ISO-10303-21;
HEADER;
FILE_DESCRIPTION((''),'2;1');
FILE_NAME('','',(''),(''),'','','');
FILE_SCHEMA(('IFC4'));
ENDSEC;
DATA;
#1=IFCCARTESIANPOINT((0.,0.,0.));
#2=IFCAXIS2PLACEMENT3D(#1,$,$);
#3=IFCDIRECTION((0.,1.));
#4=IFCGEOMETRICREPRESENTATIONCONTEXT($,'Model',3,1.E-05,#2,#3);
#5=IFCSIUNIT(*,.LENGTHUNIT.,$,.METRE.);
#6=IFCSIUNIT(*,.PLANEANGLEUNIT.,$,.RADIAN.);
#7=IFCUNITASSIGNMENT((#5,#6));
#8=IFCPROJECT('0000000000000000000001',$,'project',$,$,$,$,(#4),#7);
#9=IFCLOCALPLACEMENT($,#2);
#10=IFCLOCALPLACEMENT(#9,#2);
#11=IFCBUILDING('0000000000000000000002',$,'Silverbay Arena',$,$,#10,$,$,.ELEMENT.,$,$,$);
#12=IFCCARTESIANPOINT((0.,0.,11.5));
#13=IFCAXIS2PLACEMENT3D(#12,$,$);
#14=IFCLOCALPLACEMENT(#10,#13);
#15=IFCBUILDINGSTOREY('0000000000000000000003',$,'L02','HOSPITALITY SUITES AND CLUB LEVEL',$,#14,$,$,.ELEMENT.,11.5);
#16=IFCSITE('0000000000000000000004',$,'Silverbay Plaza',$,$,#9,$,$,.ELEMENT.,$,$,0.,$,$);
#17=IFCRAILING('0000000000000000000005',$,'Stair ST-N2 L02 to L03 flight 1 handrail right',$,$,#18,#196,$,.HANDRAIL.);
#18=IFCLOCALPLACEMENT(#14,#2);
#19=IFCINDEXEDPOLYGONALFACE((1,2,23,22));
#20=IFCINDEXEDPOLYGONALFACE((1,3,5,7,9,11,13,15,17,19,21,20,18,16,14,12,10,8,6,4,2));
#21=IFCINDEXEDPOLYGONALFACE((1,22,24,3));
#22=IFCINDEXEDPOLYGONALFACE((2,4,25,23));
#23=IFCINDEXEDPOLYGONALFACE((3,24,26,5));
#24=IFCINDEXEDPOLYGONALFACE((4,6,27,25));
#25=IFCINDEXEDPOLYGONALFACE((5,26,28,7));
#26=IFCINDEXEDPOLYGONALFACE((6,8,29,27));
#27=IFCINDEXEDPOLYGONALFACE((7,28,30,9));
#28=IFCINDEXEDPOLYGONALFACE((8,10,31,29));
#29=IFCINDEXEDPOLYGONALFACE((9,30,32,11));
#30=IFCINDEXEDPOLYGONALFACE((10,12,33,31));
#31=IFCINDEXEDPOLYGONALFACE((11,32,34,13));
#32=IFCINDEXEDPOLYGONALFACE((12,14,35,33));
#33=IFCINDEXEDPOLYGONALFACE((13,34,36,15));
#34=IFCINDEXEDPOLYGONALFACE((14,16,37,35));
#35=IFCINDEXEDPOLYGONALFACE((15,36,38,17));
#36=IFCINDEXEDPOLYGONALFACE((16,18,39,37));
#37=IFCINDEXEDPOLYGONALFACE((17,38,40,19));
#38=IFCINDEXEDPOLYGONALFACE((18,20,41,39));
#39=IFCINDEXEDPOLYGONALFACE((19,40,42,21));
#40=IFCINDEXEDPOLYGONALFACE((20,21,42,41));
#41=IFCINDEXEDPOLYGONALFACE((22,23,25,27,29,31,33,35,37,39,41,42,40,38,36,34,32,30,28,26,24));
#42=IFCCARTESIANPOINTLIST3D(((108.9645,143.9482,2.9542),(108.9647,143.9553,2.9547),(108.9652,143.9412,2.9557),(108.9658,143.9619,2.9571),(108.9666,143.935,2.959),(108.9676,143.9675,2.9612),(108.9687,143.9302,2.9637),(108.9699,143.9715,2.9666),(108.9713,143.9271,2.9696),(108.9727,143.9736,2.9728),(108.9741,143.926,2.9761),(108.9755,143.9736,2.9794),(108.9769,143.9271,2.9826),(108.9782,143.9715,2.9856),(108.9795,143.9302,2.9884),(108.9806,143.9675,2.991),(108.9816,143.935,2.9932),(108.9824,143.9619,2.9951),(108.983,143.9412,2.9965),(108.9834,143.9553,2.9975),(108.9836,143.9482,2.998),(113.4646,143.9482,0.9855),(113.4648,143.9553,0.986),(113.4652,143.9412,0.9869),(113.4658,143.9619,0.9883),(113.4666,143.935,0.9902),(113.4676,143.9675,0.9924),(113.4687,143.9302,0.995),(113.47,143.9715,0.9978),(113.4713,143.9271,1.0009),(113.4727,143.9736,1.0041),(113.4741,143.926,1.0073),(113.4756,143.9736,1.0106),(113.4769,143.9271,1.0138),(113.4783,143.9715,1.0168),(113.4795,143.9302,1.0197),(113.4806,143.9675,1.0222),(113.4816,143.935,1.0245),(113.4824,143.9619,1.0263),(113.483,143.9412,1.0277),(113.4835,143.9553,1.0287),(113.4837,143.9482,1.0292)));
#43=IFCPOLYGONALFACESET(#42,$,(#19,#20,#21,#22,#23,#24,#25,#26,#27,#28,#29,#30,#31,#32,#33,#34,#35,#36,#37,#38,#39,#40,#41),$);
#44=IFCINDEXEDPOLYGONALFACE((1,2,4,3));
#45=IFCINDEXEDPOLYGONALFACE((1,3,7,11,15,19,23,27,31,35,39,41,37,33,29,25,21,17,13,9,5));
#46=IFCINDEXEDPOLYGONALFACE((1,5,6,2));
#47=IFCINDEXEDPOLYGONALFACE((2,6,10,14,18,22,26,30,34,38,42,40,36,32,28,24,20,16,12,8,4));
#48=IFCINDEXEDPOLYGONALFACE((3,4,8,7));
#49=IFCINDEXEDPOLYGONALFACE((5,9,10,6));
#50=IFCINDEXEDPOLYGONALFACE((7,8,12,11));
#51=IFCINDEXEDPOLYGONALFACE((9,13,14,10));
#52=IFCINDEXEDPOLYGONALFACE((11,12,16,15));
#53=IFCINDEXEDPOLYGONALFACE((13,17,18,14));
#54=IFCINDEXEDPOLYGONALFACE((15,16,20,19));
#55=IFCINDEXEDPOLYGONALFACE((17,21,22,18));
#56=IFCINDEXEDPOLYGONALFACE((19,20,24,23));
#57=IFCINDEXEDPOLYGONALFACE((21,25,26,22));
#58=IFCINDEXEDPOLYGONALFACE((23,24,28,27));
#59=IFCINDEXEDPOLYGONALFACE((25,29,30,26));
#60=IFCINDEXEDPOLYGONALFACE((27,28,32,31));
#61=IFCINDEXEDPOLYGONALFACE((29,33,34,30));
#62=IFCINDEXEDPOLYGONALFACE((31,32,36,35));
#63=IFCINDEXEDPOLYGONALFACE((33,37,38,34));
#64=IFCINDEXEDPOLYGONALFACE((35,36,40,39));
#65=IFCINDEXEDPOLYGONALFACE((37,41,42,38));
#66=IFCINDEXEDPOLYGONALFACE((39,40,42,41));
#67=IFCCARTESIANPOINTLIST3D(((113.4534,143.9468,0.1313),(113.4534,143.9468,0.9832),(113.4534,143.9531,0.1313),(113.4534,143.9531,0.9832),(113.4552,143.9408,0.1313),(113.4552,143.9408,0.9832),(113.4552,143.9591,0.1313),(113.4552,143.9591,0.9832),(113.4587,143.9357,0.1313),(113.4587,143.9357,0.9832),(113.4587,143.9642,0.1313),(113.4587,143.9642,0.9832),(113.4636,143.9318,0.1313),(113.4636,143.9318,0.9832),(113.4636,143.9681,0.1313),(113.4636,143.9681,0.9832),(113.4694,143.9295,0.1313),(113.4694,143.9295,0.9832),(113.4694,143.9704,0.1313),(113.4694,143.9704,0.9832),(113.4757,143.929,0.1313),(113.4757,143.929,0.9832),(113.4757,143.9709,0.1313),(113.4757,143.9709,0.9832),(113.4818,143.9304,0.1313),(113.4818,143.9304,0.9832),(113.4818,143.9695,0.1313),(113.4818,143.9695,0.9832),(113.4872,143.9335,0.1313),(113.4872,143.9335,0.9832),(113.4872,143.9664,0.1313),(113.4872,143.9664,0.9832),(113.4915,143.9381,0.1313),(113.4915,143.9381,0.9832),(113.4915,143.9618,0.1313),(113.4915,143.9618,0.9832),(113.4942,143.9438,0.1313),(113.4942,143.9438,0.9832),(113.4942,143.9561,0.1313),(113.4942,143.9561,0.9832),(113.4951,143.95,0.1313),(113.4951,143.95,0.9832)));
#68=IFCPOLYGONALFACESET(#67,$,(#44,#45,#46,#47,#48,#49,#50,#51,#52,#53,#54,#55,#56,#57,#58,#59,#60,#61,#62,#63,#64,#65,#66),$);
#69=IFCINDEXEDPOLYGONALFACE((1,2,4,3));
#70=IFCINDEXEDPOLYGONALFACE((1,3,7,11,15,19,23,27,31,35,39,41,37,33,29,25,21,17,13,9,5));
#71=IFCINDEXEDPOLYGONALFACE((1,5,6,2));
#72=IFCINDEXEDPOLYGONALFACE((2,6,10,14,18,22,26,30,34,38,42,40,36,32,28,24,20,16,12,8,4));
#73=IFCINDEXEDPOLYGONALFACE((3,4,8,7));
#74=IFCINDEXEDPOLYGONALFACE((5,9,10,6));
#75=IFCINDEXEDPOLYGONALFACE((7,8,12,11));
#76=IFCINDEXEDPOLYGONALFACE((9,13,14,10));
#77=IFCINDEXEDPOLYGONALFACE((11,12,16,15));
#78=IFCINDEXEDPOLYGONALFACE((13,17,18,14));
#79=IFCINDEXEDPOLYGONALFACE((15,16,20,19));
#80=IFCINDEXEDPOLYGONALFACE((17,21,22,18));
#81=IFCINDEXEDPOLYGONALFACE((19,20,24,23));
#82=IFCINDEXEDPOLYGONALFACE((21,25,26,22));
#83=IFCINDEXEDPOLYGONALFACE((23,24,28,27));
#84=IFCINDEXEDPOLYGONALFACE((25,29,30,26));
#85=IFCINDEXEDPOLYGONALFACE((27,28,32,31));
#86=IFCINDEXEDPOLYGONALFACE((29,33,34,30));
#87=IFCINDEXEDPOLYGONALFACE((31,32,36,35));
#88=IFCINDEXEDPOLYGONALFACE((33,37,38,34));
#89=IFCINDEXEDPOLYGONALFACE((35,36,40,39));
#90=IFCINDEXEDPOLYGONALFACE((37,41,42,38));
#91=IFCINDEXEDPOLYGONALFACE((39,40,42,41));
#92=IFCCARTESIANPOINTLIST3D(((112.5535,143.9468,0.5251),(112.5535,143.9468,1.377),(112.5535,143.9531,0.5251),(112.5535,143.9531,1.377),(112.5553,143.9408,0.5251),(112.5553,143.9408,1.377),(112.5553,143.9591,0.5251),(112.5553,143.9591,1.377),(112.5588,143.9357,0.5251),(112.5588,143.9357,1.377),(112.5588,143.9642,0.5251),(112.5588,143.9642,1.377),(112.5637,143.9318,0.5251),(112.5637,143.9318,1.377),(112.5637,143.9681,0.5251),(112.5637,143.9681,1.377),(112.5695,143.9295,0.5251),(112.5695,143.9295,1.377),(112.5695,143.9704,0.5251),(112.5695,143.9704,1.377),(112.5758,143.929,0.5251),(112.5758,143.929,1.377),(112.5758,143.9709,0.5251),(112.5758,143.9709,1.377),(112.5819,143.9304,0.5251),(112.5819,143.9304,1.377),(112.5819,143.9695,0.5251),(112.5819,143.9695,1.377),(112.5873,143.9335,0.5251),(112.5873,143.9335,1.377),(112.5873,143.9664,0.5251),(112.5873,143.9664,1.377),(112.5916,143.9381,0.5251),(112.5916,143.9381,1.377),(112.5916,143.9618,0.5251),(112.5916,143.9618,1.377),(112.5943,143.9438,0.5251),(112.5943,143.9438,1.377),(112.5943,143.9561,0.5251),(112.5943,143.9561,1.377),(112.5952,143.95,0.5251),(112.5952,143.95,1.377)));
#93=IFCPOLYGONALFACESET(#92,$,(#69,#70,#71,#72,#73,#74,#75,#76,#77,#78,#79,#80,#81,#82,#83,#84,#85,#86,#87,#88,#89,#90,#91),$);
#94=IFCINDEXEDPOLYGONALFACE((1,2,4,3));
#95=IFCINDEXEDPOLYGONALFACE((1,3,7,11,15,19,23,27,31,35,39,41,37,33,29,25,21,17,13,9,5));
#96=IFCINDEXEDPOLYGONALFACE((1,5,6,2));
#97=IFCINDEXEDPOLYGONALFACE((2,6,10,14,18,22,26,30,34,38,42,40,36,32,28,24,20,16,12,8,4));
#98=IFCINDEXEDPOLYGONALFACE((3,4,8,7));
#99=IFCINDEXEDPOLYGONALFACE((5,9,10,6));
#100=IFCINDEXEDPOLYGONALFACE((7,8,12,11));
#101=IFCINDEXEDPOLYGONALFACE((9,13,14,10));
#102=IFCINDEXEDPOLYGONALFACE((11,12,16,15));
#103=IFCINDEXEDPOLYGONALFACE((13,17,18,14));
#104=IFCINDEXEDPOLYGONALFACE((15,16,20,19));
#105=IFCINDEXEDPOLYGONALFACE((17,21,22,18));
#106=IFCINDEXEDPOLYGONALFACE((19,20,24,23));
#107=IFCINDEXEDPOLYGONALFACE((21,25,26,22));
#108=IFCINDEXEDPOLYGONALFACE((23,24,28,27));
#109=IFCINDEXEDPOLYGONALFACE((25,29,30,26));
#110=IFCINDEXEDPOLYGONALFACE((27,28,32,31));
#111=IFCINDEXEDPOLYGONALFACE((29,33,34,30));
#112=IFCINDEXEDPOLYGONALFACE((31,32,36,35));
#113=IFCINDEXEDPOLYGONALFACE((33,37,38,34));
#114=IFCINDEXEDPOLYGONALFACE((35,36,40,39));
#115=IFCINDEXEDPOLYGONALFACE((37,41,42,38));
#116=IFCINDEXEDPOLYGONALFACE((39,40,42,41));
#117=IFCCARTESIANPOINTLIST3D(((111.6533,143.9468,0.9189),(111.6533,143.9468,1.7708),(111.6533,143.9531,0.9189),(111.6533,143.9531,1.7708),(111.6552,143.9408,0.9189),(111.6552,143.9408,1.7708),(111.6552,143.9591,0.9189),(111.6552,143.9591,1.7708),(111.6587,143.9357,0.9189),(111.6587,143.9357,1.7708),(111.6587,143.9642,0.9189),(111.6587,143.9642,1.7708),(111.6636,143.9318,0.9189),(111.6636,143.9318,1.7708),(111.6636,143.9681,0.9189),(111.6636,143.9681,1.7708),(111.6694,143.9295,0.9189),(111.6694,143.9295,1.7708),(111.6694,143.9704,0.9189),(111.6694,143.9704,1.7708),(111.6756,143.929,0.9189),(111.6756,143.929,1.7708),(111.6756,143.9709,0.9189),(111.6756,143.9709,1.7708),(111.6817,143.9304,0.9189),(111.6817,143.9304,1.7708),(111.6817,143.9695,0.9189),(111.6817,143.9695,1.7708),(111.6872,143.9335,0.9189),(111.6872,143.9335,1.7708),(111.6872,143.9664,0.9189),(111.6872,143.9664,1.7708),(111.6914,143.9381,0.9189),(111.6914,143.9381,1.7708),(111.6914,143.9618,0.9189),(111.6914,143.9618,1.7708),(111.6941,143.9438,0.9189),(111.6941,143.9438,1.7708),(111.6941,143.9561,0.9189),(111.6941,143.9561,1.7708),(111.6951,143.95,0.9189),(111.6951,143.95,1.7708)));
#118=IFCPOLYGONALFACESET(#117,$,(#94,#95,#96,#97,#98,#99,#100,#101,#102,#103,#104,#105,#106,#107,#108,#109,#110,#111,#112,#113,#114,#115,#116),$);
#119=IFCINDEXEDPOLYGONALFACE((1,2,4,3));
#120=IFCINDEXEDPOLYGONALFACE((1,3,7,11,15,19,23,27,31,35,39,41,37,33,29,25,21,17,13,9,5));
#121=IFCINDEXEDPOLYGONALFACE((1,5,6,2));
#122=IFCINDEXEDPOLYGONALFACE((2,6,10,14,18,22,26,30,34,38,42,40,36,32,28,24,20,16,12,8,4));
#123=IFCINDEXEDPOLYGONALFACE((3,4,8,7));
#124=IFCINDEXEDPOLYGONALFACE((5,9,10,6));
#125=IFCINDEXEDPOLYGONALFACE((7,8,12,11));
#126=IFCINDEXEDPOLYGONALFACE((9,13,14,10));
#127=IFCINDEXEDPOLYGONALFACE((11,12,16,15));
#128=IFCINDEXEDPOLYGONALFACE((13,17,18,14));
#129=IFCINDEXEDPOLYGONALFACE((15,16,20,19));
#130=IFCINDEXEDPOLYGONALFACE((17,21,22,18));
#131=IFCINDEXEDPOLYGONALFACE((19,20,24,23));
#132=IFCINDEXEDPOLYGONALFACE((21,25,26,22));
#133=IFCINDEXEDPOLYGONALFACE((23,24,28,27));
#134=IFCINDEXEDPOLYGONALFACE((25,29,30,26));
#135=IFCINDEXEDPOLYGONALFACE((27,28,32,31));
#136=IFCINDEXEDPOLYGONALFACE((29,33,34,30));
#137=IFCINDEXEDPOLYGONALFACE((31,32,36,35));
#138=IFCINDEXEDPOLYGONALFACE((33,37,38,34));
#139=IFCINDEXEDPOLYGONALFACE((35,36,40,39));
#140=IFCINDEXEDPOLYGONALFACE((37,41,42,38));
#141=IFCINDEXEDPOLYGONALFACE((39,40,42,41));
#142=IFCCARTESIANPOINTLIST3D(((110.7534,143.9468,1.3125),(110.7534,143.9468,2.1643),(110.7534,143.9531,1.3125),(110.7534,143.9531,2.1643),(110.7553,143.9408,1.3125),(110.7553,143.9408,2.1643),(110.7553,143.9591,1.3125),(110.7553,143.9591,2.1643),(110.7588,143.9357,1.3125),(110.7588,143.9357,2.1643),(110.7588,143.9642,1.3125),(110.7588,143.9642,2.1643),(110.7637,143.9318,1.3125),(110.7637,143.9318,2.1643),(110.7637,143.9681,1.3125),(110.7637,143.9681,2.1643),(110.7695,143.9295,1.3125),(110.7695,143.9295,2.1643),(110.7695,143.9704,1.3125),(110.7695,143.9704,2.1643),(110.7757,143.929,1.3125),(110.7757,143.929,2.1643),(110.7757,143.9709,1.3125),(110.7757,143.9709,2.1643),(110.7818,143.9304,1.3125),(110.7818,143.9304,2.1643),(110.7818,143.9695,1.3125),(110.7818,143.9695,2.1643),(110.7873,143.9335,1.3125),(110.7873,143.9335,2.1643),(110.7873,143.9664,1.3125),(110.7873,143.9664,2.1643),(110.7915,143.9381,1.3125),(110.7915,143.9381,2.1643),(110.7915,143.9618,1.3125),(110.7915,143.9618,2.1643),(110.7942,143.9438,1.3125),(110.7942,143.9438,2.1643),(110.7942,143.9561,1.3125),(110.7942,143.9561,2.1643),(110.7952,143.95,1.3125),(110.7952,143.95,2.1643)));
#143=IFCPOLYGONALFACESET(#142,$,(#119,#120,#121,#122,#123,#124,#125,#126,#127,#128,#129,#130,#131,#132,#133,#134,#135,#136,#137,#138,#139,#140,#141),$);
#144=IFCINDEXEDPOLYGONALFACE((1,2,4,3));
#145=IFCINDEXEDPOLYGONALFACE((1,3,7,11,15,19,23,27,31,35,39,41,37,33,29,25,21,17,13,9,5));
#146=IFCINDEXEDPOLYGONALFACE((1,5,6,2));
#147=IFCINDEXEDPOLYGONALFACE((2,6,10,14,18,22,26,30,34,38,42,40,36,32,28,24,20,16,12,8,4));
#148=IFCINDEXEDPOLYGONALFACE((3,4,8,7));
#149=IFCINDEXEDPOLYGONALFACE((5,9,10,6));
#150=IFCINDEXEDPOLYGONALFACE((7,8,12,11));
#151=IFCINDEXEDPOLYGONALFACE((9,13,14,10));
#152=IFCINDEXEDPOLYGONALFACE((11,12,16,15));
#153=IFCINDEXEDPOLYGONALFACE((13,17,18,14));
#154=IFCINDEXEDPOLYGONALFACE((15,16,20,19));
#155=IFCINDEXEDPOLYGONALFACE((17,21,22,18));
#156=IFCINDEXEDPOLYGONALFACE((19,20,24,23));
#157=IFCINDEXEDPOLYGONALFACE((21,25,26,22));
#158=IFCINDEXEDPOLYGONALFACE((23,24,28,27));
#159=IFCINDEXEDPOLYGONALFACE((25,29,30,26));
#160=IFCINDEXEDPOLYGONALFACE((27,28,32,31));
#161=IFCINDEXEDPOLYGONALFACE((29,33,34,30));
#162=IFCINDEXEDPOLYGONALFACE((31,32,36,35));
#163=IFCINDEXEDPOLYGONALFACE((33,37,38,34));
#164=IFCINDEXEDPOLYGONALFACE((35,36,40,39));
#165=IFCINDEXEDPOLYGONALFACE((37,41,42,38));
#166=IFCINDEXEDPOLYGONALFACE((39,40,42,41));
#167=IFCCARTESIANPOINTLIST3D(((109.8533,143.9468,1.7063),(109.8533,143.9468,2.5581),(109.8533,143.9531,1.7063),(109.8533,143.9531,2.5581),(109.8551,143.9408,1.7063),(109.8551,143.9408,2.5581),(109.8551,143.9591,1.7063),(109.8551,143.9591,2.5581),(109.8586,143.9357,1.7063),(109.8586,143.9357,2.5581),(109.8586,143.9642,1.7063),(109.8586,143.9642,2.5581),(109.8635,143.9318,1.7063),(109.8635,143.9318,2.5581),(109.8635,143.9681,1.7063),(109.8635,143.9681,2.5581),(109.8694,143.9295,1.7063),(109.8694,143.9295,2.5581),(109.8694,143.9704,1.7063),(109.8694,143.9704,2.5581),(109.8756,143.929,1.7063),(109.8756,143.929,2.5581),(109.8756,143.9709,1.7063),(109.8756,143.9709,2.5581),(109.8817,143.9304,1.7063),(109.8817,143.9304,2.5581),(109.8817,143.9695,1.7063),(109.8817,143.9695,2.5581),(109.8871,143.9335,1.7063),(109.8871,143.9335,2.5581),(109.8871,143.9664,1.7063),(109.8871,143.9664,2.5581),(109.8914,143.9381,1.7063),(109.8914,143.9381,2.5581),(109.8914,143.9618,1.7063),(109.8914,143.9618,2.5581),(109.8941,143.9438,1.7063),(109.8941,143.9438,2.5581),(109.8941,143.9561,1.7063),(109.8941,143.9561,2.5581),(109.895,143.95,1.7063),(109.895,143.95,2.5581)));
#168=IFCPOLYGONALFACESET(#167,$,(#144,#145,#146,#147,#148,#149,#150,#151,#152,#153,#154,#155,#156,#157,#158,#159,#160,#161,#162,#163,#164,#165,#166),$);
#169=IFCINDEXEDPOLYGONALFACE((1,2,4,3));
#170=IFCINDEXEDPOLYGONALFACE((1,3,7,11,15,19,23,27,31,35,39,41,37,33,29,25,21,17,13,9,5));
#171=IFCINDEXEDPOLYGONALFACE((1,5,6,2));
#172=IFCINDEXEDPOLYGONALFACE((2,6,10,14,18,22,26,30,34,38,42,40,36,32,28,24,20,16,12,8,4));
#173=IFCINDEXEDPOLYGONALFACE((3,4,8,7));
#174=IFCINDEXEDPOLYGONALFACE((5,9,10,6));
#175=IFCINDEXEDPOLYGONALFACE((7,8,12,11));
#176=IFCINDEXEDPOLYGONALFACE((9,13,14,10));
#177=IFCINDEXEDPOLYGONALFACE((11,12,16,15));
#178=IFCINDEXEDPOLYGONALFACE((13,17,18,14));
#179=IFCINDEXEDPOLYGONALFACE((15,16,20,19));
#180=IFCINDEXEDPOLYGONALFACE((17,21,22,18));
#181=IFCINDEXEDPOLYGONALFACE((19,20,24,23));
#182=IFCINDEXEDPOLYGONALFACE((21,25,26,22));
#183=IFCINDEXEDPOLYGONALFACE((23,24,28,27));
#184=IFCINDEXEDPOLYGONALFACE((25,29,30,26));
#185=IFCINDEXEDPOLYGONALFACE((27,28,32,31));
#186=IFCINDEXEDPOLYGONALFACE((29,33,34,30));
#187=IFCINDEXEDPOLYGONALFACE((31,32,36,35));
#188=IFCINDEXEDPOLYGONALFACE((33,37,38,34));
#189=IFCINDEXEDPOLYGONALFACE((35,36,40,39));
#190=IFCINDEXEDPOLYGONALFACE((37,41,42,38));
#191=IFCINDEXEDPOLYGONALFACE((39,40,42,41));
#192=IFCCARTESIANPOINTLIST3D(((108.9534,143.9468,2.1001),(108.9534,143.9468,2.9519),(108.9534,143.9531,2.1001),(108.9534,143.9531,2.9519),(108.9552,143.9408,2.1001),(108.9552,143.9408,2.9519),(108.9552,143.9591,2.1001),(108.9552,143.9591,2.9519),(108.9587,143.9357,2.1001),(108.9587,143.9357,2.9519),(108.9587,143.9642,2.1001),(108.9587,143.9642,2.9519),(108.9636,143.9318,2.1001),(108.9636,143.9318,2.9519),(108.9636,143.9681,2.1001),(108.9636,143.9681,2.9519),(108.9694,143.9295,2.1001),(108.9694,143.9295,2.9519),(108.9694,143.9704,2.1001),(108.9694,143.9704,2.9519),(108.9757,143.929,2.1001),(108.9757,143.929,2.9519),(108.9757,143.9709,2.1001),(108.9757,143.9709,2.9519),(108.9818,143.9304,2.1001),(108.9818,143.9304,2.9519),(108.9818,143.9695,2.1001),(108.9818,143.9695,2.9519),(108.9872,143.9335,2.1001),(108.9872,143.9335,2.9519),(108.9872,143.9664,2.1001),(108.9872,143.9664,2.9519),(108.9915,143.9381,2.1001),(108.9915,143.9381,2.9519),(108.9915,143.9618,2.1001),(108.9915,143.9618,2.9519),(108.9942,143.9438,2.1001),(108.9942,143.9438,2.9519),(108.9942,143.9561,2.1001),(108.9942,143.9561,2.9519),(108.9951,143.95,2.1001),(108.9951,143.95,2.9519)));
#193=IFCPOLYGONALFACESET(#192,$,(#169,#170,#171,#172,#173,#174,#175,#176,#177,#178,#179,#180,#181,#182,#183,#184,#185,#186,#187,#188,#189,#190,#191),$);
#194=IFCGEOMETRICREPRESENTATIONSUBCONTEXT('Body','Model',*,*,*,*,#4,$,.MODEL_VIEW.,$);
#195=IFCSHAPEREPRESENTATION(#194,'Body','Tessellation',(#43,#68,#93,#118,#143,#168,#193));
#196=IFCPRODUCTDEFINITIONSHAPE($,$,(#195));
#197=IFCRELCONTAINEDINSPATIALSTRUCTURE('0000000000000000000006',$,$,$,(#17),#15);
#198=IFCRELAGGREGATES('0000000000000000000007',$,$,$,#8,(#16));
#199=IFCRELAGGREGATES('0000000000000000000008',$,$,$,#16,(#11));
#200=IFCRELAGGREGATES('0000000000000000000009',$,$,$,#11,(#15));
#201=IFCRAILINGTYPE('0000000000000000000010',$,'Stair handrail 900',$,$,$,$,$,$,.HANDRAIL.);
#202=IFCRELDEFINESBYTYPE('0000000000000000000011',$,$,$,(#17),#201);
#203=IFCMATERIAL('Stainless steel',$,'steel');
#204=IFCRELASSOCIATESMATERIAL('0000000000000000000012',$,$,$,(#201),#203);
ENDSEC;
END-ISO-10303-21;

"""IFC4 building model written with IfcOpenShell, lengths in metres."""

from ifc_helpers import new_model, si_unit, direction, frame, origin, origin_2d, place, context, subcontext, project, spatial, circle, extrude, material, type_object, element, save


model = new_model("IFC4")

# Units and contexts
model_context = context("Model", 3, precision=1e-05, world=origin(), true_north=direction((0.0, 1.0)))
body_context = subcontext(model_context, "Body", "Model", "MODEL_VIEW")
ifc_project = project(units=[si_unit("LENGTHUNIT", "METRE"), si_unit("PLANEANGLEUNIT", "RADIAN")], contexts=[model_context])

# Site, building, storey
site_placement = place(None, origin())
site = spatial("IfcSite", under=ifc_project, at=site_placement, Name="Silverbay Plaza", CompositionType="ELEMENT", RefElevation=0.0)
building_placement = place(site_placement, origin())
building = spatial("IfcBuilding", under=site, at=building_placement, Name="Silverbay Arena", CompositionType="ELEMENT")
storey_placement = place(building_placement, frame((0.0, 0.0, 11.5)))
storey = spatial("IfcBuildingStorey", under=building, at=storey_placement, Name="L02", Description="HOSPITALITY SUITES AND CLUB LEVEL", CompositionType="ELEMENT", Elevation=11.5)

# Railing
ifc_material_1 = material(Name="Stainless steel", Category="steel")
railing_type_1 = type_object("IfcRailingType", Name="Stair handrail 900", PredefinedType="HANDRAIL", material=ifc_material_1)
for number, where, name in (
    (1, (113.4741, 143.95, 0.1313), "Stair ST-N2 L02 to L03 flight 1 handrail right"),
):
    element("IfcRailing", number, at=place(storey_placement, frame(where)), inside=storey, type_object=railing_type_1, Name=name, PredefinedType="HANDRAIL", context=body_context, shape_type="SweptSolid", body=[
        extrude(circle(Radius=0.0239, at=origin_2d()), frame((0.0, 0.0, 0.876), z_axis=(-0.916157, 0.0, 0.400819), x_axis=(0.0, -1.0, 0.0)), (0.0, 0.0, 1.0), 4.9119),
        extrude(circle(Radius=0.021, at=origin_2d()), origin(), (0.0, 0.0, 1.0), 0.8518),
        extrude(circle(Radius=0.021, at=origin_2d()), frame((-0.8999, 0.0, 0.3938)), (0.0, 0.0, 1.0), 0.8518),
        extrude(circle(Radius=0.021, at=origin_2d()), frame((-1.8, 0.0, 0.7876)), (0.0, 0.0, 1.0), 0.8518),
        extrude(circle(Radius=0.021, at=origin_2d()), frame((-2.7, 0.0, 1.1812)), (0.0, 0.0, 1.0), 0.8518),
        extrude(circle(Radius=0.021, at=origin_2d()), frame((-3.6001, 0.0, 1.575)), (0.0, 0.0, 1.0), 0.8518),
        extrude(circle(Radius=0.021, at=origin_2d()), frame((-4.5, 0.0, 1.9688)), (0.0, 0.0, 1.0), 0.8518),
    ])

save(model, "model.ifc")
